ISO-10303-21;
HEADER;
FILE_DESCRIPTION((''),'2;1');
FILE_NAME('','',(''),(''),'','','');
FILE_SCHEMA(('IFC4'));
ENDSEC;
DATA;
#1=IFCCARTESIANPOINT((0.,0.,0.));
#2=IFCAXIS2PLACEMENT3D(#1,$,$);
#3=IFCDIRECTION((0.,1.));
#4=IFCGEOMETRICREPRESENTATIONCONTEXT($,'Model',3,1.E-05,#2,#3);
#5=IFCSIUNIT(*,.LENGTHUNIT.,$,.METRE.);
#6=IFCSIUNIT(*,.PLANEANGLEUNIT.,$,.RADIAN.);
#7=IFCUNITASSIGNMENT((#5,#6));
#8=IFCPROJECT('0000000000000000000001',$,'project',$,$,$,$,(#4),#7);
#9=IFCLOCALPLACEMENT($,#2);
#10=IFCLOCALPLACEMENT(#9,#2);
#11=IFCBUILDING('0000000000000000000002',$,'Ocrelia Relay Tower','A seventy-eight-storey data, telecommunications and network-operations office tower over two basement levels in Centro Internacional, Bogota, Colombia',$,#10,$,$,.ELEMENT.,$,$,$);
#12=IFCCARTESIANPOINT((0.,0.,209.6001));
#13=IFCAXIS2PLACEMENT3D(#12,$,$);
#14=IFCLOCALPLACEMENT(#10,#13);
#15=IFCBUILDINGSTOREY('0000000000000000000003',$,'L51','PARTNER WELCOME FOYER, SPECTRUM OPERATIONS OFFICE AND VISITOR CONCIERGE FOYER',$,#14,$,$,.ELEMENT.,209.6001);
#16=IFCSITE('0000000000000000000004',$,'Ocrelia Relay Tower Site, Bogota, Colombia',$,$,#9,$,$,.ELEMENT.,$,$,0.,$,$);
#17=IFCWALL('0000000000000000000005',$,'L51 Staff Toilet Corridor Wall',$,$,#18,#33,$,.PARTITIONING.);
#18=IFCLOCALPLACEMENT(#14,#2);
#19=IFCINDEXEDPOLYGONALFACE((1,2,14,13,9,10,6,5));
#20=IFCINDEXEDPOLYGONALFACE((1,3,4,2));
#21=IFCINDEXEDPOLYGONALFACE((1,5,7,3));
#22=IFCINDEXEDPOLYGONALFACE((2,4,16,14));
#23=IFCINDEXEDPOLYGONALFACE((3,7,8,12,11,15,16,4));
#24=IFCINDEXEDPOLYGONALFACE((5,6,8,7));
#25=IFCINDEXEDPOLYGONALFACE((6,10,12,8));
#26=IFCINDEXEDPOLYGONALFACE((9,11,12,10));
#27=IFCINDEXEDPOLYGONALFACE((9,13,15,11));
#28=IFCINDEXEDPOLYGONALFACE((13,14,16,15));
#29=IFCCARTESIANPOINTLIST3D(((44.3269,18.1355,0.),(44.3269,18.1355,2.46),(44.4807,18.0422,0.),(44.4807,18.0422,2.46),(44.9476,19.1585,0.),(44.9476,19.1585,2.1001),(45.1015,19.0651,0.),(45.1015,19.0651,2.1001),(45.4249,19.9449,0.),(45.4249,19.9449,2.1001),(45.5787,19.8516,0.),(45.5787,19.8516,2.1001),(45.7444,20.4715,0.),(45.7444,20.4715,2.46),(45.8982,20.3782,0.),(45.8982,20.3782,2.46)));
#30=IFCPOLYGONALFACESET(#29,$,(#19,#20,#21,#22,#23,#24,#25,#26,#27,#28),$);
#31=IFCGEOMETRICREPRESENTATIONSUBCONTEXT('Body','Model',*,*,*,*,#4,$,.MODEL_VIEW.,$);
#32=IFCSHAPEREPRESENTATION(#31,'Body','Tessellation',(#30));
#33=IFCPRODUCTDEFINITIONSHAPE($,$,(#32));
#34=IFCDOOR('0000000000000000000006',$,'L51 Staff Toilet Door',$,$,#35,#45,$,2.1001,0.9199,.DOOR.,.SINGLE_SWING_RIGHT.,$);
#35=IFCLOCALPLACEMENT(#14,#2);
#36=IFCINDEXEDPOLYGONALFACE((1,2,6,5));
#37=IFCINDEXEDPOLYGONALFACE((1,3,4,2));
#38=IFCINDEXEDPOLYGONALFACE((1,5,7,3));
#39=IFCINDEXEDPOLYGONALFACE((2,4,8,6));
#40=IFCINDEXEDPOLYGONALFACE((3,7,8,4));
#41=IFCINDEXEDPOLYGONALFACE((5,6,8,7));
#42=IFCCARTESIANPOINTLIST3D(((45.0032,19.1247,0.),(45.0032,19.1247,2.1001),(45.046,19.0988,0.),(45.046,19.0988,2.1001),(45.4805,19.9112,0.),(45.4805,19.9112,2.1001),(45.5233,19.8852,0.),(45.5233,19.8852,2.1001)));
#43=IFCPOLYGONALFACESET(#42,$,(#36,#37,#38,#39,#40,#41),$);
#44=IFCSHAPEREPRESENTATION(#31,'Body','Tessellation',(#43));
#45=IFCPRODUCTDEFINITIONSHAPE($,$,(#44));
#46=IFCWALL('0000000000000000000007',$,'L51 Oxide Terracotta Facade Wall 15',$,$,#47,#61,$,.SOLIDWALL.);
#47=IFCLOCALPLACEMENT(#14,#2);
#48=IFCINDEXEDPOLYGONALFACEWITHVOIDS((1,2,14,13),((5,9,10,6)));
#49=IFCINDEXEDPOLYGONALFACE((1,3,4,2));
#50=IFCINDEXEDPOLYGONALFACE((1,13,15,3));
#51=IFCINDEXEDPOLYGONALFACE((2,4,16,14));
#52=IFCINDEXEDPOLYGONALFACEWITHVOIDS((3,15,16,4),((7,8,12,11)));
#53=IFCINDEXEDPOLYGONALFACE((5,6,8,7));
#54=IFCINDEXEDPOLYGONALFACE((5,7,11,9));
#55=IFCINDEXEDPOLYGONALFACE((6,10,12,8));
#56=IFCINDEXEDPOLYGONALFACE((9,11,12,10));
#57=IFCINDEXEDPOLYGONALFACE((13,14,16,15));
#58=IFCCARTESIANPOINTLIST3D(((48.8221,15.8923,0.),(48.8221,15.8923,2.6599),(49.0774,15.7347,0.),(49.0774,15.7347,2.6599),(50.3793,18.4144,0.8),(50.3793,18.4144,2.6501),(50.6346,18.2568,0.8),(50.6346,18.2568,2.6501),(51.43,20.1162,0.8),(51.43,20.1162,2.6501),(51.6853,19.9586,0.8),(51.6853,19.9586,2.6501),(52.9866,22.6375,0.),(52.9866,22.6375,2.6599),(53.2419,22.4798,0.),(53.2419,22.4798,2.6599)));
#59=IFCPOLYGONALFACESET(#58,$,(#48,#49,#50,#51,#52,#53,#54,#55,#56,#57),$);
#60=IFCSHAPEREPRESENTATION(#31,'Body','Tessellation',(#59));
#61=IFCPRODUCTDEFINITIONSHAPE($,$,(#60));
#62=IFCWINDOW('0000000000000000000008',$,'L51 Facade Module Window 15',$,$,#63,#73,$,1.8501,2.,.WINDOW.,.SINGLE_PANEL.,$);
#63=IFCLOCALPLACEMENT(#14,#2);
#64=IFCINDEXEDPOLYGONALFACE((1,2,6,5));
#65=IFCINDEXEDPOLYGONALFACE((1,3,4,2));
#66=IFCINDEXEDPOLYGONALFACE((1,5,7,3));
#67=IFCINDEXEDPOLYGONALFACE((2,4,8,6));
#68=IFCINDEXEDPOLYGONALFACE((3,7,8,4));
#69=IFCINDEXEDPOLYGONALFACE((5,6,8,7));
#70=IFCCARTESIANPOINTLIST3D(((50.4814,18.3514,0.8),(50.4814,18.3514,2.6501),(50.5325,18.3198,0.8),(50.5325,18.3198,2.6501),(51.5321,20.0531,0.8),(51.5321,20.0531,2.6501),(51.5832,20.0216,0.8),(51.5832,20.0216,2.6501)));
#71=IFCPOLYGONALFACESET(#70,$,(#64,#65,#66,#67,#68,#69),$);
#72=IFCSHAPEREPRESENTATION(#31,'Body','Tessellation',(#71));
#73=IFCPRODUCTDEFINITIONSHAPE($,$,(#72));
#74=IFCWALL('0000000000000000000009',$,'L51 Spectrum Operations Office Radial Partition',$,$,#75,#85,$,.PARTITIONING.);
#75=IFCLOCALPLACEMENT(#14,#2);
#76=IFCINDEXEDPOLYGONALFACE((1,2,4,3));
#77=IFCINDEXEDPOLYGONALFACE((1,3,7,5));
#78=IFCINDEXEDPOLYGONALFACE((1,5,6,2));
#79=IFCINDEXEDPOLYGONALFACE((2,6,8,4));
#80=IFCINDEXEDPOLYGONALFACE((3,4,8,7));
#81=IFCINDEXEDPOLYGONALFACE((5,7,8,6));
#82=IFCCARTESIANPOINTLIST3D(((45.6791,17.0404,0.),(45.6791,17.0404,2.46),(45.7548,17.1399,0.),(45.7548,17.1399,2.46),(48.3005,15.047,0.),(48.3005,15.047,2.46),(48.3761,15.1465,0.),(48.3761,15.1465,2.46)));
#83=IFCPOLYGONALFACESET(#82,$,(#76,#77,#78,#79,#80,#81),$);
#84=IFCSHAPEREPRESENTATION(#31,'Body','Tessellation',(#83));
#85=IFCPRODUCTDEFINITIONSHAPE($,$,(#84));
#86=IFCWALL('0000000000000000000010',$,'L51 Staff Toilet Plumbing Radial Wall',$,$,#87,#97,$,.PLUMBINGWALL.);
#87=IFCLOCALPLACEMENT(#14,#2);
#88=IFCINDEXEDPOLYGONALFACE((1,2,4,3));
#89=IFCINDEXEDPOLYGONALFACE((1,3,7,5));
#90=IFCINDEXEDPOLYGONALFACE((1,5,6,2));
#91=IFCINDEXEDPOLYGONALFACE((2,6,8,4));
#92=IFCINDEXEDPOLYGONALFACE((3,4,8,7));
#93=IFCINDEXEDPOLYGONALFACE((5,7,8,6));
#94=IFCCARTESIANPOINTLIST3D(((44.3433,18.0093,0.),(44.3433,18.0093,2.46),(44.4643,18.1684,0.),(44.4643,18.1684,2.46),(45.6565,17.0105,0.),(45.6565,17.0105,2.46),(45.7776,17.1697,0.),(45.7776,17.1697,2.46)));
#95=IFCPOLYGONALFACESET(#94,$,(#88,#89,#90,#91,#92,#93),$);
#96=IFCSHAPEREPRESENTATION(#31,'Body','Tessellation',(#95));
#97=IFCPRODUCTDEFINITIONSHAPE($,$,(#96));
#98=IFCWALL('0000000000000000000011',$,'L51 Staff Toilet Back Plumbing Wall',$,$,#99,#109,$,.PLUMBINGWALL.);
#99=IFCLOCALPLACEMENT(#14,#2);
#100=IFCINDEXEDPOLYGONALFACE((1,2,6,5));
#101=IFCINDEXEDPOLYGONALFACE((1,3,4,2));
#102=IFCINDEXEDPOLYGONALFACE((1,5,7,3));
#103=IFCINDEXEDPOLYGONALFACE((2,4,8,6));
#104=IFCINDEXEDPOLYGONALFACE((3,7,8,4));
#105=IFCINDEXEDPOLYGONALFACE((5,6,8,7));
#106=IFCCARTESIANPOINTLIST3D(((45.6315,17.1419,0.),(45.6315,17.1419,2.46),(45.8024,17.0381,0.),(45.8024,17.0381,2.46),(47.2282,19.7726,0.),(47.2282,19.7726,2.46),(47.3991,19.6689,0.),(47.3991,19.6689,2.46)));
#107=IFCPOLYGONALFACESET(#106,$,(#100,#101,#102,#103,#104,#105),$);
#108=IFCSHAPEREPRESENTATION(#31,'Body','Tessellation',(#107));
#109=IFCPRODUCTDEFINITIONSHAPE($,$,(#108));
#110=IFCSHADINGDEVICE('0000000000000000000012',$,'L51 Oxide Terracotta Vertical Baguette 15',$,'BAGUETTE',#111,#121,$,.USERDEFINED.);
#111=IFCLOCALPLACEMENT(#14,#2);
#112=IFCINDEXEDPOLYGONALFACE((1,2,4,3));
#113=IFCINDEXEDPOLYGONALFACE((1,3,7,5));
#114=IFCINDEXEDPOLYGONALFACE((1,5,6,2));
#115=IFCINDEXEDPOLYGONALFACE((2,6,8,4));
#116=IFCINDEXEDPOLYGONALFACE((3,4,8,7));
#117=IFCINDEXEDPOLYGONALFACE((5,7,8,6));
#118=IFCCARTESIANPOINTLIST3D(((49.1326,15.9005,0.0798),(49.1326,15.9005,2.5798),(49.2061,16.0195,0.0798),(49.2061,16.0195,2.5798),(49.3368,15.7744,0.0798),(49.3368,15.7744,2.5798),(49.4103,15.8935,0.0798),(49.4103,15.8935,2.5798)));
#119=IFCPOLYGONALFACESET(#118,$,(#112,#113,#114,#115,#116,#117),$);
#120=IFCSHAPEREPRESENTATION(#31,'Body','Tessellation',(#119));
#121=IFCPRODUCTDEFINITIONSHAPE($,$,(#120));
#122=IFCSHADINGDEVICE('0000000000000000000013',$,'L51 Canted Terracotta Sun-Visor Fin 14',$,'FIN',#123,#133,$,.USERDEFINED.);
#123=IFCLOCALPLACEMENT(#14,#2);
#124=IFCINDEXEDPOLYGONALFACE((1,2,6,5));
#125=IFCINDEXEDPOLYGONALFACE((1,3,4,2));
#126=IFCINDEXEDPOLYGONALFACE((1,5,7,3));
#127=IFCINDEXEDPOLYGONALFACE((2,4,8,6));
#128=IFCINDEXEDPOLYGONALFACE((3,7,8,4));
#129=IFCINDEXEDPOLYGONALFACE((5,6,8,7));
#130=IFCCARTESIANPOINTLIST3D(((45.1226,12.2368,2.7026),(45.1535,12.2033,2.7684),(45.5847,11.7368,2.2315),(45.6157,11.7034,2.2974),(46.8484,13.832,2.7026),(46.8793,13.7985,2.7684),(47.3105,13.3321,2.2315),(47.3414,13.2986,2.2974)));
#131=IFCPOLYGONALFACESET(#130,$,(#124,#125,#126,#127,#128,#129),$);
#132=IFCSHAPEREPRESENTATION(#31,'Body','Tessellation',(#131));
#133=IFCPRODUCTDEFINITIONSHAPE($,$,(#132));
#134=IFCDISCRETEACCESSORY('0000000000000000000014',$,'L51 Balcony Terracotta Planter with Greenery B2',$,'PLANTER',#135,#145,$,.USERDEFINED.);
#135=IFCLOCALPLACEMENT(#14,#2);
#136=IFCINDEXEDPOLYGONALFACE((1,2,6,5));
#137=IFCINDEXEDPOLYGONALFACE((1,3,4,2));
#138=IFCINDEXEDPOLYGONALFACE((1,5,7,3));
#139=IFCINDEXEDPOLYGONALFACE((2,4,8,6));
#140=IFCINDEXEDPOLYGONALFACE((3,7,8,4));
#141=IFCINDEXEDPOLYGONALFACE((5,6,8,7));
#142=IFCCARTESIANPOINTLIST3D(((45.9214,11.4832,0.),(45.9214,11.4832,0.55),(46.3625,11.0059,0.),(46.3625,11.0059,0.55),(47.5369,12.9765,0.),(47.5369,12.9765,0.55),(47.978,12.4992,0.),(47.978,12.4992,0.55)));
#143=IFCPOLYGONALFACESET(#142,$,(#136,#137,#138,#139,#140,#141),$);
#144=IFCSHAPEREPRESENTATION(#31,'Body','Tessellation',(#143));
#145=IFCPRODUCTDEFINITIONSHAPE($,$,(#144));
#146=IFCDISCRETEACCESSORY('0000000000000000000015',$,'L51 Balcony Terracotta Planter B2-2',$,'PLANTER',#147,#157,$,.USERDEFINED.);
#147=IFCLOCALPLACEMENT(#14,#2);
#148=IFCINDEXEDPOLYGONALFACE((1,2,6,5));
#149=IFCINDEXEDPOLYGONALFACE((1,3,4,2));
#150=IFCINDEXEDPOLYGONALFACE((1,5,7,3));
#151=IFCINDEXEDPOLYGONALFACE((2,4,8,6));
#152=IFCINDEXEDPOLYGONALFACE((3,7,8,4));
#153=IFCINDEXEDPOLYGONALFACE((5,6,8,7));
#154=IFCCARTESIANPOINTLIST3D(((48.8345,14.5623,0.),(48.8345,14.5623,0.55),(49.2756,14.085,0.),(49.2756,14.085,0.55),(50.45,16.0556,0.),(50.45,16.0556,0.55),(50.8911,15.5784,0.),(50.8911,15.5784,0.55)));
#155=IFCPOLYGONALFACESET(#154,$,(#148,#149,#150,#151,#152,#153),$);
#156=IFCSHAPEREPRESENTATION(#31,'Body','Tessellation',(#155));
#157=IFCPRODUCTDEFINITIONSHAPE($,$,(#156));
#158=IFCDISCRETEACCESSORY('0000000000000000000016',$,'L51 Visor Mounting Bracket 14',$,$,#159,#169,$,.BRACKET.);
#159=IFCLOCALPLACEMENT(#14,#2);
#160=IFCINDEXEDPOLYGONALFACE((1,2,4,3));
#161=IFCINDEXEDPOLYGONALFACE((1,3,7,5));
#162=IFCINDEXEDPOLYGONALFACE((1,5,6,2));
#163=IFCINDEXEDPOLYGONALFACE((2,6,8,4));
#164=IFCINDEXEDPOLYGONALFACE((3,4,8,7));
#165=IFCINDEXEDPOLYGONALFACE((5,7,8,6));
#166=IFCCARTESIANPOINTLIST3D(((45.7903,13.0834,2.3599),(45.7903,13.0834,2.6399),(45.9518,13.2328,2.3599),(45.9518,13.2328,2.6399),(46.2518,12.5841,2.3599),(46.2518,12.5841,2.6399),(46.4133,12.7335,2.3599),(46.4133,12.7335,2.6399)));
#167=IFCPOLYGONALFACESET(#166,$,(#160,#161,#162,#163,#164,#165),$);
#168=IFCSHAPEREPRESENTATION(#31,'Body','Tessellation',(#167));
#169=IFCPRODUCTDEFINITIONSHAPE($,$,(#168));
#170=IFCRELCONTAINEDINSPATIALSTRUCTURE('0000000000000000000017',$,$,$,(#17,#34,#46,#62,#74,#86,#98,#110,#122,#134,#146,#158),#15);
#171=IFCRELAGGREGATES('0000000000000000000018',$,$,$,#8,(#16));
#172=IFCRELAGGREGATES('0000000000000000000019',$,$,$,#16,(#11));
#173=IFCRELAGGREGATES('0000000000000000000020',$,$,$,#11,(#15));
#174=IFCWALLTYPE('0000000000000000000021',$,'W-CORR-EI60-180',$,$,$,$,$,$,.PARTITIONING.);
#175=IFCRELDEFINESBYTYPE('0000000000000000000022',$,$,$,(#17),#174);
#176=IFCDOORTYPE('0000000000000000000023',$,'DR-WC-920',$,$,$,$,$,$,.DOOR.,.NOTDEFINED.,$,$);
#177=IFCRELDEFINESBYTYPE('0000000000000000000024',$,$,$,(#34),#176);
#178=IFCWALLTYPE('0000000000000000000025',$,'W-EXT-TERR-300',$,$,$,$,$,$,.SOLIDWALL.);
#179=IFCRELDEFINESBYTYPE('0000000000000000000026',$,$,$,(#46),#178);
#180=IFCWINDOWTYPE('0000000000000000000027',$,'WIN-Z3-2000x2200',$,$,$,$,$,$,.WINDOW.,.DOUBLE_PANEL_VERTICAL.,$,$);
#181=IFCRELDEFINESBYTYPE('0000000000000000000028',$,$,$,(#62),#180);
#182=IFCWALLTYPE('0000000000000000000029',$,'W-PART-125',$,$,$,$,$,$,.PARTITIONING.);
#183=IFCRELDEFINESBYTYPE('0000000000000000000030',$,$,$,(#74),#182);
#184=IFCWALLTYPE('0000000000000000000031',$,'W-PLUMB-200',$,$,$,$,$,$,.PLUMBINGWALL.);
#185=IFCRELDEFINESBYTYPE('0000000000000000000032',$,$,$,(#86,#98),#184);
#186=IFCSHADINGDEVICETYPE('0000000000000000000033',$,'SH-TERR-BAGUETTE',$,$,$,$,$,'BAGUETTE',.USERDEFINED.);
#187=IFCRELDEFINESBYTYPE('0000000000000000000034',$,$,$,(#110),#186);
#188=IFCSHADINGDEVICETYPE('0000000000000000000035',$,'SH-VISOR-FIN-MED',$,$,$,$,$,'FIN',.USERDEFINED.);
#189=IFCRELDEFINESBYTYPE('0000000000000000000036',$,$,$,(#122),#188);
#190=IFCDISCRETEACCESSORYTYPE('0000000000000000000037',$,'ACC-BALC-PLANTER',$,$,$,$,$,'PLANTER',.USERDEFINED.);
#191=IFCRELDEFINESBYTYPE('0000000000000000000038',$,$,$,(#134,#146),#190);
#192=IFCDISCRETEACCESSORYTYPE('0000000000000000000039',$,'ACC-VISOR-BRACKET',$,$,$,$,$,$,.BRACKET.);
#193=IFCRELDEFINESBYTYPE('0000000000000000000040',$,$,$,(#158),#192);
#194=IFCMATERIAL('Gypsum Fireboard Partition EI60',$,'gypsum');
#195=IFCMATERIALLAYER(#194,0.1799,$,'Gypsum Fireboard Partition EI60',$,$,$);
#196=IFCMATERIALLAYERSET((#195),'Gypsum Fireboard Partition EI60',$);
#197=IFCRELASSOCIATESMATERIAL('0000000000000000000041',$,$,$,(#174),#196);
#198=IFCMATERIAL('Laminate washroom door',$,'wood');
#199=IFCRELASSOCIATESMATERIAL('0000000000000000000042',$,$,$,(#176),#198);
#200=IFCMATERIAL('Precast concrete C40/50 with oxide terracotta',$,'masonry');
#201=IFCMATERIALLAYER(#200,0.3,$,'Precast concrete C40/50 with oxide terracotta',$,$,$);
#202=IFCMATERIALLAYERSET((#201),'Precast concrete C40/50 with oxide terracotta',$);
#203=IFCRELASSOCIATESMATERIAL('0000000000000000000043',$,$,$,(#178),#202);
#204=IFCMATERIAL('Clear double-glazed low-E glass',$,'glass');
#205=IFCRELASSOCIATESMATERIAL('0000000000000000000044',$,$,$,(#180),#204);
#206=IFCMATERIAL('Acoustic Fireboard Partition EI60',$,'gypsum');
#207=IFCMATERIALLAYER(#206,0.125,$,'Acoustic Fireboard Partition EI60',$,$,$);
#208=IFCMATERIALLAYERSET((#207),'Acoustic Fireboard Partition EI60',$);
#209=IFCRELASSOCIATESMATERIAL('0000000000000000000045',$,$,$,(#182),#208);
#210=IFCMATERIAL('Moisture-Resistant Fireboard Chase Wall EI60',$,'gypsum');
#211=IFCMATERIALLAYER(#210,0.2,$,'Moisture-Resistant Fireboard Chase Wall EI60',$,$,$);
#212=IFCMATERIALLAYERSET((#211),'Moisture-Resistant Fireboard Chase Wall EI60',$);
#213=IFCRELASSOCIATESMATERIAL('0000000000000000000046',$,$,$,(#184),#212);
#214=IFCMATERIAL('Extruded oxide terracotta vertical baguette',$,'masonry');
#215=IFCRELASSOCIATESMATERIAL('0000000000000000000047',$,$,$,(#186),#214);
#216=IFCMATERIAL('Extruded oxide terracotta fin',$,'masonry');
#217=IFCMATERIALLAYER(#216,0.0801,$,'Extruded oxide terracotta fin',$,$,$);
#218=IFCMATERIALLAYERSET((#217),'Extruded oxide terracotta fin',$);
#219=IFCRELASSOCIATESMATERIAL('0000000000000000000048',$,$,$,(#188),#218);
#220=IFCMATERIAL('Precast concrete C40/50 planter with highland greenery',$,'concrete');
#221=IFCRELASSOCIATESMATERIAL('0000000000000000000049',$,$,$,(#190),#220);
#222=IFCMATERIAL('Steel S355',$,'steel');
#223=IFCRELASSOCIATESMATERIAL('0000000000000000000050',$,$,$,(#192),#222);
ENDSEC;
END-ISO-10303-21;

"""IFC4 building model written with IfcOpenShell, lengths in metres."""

from ifc_helpers import new_model, si_unit, direction, frame, frame_2d, origin, origin_2d, place, context, subcontext, project, spatial, rectangle, extrude, material, layer, layer_set, type_object, element, fill, save


model = new_model("IFC4")

# Units and contexts
model_context = context("Model", 3, precision=1e-05, world=origin(), true_north=direction((0.0, 1.0)))
body_context = subcontext(model_context, "Body", "Model", "MODEL_VIEW")
ifc_project = project(units=[si_unit("LENGTHUNIT", "METRE"), si_unit("PLANEANGLEUNIT", "RADIAN")], contexts=[model_context])

# Site, building, storey
site_placement = place(None, origin())
site = spatial("IfcSite", under=ifc_project, at=site_placement, Name="Ocrelia Relay Tower Site, Bogota, Colombia", CompositionType="ELEMENT", RefElevation=0.0)
building_placement = place(site_placement, origin())
building = spatial("IfcBuilding", under=site, at=building_placement, Name="Ocrelia Relay Tower", Description="A seventy-eight-storey data, telecommunications and network-operations office tower over two basement levels in Centro Internacional, Bogota, Colombia", CompositionType="ELEMENT")
storey_placement = place(building_placement, frame((0.0, 0.0, 209.6001)))
storey = spatial("IfcBuildingStorey", under=building, at=storey_placement, Name="L51", Description="PARTNER WELCOME FOYER, SPECTRUM OPERATIONS OFFICE AND VISITOR CONCIERGE FOYER", CompositionType="ELEMENT", Elevation=209.6001)

# Shared definitions
ifc_material_1 = material(Name="Steel S355", Category="steel")

# Wall, opening, door
ifc_material_2 = material(Name="Gypsum Fireboard Partition EI60", Category="gypsum")
ifc_layer_1 = layer(ifc_material_2, 0.1799, Name="Gypsum Fireboard Partition EI60")
ifc_layer_set_1 = layer_set([ifc_layer_1], Name="Gypsum Fireboard Partition EI60")
wall_type_1 = type_object("IfcWallType", Name="W-CORR-EI60-180", PredefinedType="PARTITIONING", material=ifc_layer_set_1)
wall_1_placement = place(storey_placement, frame((44.4038, 18.0889, 0.0), z_axis=(0.0, 0.0, 1.0), x_axis=(0.518773, 0.854912, 0.0)))
wall_1 = element("IfcWall", 1, at=wall_1_placement, inside=storey, type_object=wall_type_1, Name="L51 Staff Toilet Corridor Wall", PredefinedType="PARTITIONING", context=body_context, shape_type="SweptSolid", body=[
    extrude(rectangle(XDim=2.7324, YDim=0.1799, at=frame_2d((1.3662, 0.0))), origin(), (0.0, 0.0, 1.0), 2.46),
])
opening_1_placement = place(wall_1_placement, frame((1.1965, 0.0, 0.0)))
opening_1 = element("IfcOpeningElement", 2, at=opening_1_placement, cuts=wall_1, PredefinedType="OPENING", context=body_context, shape_type="SweptSolid", body=[
    extrude(rectangle(XDim=0.9199, YDim=2.1001, at=frame_2d((0.46, 1.05))), frame((0.0, 0.1001, 0.0), z_axis=(0.0, -1.0, 0.0), x_axis=(1.0, 0.0, 0.0)), (0.0, 0.0, 1.0), 0.2),
])
ifc_material_3 = material(Name="Laminate washroom door", Category="wood")
door_type = type_object("IfcDoorType", Name="DR-WC-920", OperationType="NOTDEFINED", PredefinedType="DOOR", material=ifc_material_3)
door_placement = place(opening_1_placement, origin())
door = element("IfcDoor", 3, at=door_placement, inside=storey, type_object=door_type, Name="L51 Staff Toilet Door", OperationType="SINGLE_SWING_RIGHT", OverallHeight=2.1001, OverallWidth=0.9199, PredefinedType="DOOR", context=body_context, shape_type="SweptSolid", body=[
    extrude(rectangle(XDim=0.9199, YDim=2.1001, at=frame_2d((0.46, 1.05))), frame((0.0, 0.0249, 0.0), z_axis=(0.0, -1.0, 0.0), x_axis=(1.0, 0.0, 0.0)), (0.0, 0.0, 1.0), 0.05),
])
fill(opening_1, door)

# Wall, opening, window
ifc_material_4 = material(Name="Precast concrete C40/50 with oxide terracotta", Category="masonry")
ifc_layer_2 = layer(ifc_material_4, 0.3, Name="Precast concrete C40/50 with oxide terracotta")
ifc_layer_set_2 = layer_set([ifc_layer_2], Name="Precast concrete C40/50 with oxide terracotta")
wall_type_2 = type_object("IfcWallType", Name="W-EXT-TERR-300", PredefinedType="SOLIDWALL", material=ifc_layer_set_2)
wall_2_placement = place(storey_placement, frame((48.9497, 15.8135, 0.0), z_axis=(0.0, 0.0, 1.0), x_axis=(0.525351, 0.850885, 0.0)))
wall_2 = element("IfcWall", 4, at=wall_2_placement, inside=storey, type_object=wall_type_2, Name="L51 Oxide Terracotta Facade Wall 15", PredefinedType="SOLIDWALL", context=body_context, shape_type="SweptSolid", body=[
    extrude(rectangle(XDim=7.9272, YDim=0.3, at=frame_2d((3.9636, 0.0))), origin(), (0.0, 0.0, 1.0), 2.6599),
])
opening_2_placement = place(wall_2_placement, frame((2.9641, 0.0, 0.8)))
opening_2 = element("IfcOpeningElement", 5, at=opening_2_placement, cuts=wall_2, PredefinedType="OPENING", context=body_context, shape_type="SweptSolid", body=[
    extrude(rectangle(XDim=2.0, YDim=1.8501, at=frame_2d((1.0, 0.925))), frame((0.0, 0.1602, 0.0), z_axis=(0.0, -1.0, 0.0), x_axis=(1.0, 0.0, 0.0)), (0.0, 0.0, 1.0), 0.3201),
])
ifc_material_5 = material(Name="Clear double-glazed low-E glass", Category="glass")
window_type = type_object("IfcWindowType", Name="WIN-Z3-2000x2200", PartitioningType="DOUBLE_PANEL_VERTICAL", PredefinedType="WINDOW", material=ifc_material_5)
window_placement = place(opening_2_placement, origin())
window = element("IfcWindow", 6, at=window_placement, inside=storey, type_object=window_type, Name="L51 Facade Module Window 15", OverallHeight=1.8501, OverallWidth=2.0, PartitioningType="SINGLE_PANEL", PredefinedType="WINDOW", context=body_context, shape_type="SweptSolid", body=[
    extrude(rectangle(XDim=2.0, YDim=1.8501, at=frame_2d((1.0, 0.925))), frame((0.0, 0.03, 0.0), z_axis=(0.0, -1.0, 0.0), x_axis=(1.0, 0.0, 0.0)), (0.0, 0.0, 1.0), 0.0601),
])
fill(opening_2, window)

# Walls
ifc_material_6 = material(Name="Acoustic Fireboard Partition EI60", Category="gypsum")
ifc_layer_3 = layer(ifc_material_6, 0.125, Name="Acoustic Fireboard Partition EI60")
ifc_layer_set_3 = layer_set([ifc_layer_3], Name="Acoustic Fireboard Partition EI60")
wall_type_3 = type_object("IfcWallType", Name="W-PART-125", PredefinedType="PARTITIONING", material=ifc_layer_set_3)
wall_3_placement = place(storey_placement, frame((45.717, 17.0901, 0.0), z_axis=(0.0, 0.0, 1.0), x_axis=(0.795988, -0.605313, 0.0)))
element("IfcWall", 7, at=wall_3_placement, inside=storey, type_object=wall_type_3, Name="L51 Spectrum Operations Office Radial Partition", PredefinedType="PARTITIONING", context=body_context, shape_type="SweptSolid", body=[
    extrude(rectangle(XDim=3.2932, YDim=0.125, at=frame_2d((1.6465, 0.0))), origin(), (0.0, 0.0, 1.0), 2.46),
])
ifc_material_7 = material(Name="Moisture-Resistant Fireboard Chase Wall EI60", Category="gypsum")
ifc_layer_4 = layer(ifc_material_7, 0.2, Name="Moisture-Resistant Fireboard Chase Wall EI60")
ifc_layer_set_4 = layer_set([ifc_layer_4], Name="Moisture-Resistant Fireboard Chase Wall EI60")
wall_type_4 = type_object("IfcWallType", Name="W-PLUMB-200", PredefinedType="PLUMBINGWALL", material=ifc_layer_set_4)
wall_4_placement = place(storey_placement, frame((44.4038, 18.0889, 0.0), z_axis=(0.0, 0.0, 1.0), x_axis=(0.795951, -0.605361, 0.0)))
element("IfcWall", 8, at=wall_4_placement, inside=storey, type_object=wall_type_4, Name="L51 Staff Toilet Plumbing Radial Wall", PredefinedType="PLUMBINGWALL", context=body_context, shape_type="SweptSolid", body=[
    extrude(rectangle(XDim=1.6499, YDim=0.2, at=frame_2d((0.825, 0.0))), origin(), (0.0, 0.0, 1.0), 2.46),
])
wall_5_placement = place(storey_placement, frame((45.717, 17.0901, 0.0), z_axis=(0.0, 0.0, 1.0), x_axis=(0.518829, 0.854878, 0.0)))
element("IfcWall", 9, at=wall_5_placement, inside=storey, type_object=wall_type_4, Name="L51 Staff Toilet Back Plumbing Wall", PredefinedType="PLUMBINGWALL", context=body_context, shape_type="SweptSolid", body=[
    extrude(rectangle(XDim=3.0774, YDim=0.2, at=frame_2d((1.5386, 0.0))), origin(), (0.0, 0.0, 1.0), 2.46),
])

# Shading devices
ifc_material_8 = material(Name="Extruded oxide terracotta vertical baguette", Category="masonry")
shading_device_type_1 = type_object("IfcShadingDeviceType", Name="SH-TERR-BAGUETTE", ElementType="BAGUETTE", PredefinedType="USERDEFINED", material=ifc_material_8)
shading_device_1_placement = place(storey_placement, frame((49.2715, 15.897, 0.0798), z_axis=(0.0, 0.0, 1.0), x_axis=(0.525338, 0.850893, 0.0)))
element("IfcShadingDevice", 10, at=shading_device_1_placement, inside=storey, type_object=shading_device_type_1, Name="L51 Oxide Terracotta Vertical Baguette 15", ObjectType="BAGUETTE", PredefinedType="USERDEFINED", context=body_context, shape_type="SweptSolid", body=[
    extrude(rectangle(XDim=0.1399, YDim=0.24, at=origin_2d()), origin(), (0.0, 0.0, 1.0), 2.5),
])
ifc_material_9 = material(Name="Extruded oxide terracotta fin", Category="masonry")
ifc_layer_5 = layer(ifc_material_9, 0.0801, Name="Extruded oxide terracotta fin")
ifc_layer_set_5 = layer_set([ifc_layer_5], Name="Extruded oxide terracotta fin")
shading_device_type_2 = type_object("IfcShadingDeviceType", Name="SH-VISOR-FIN-MED", ElementType="FIN", PredefinedType="USERDEFINED", material=ifc_layer_set_5)
shading_device_2_placement = place(storey_placement, frame((46.2166, 12.7844, 2.467), z_axis=(0.386229, -0.417827, 0.822343), x_axis=(0.734328, 0.678795, 0.0)))
element("IfcShadingDevice", 11, at=shading_device_2_placement, inside=storey, type_object=shading_device_type_2, Name="L51 Canted Terracotta Sun-Visor Fin 14", ObjectType="FIN", PredefinedType="USERDEFINED", context=body_context, shape_type="SweptSolid", body=[
    extrude(rectangle(XDim=2.3501, YDim=0.8279, at=origin_2d()), origin(), (0.0, 0.0, 1.0), 0.0801),
])

# Discrete accessories
ifc_material_10 = material(Name="Precast concrete C40/50 planter with highland greenery", Category="concrete")
discrete_accessory_type_1 = type_object("IfcDiscreteAccessoryType", Name="ACC-BALC-PLANTER", ElementType="PLANTER", PredefinedType="USERDEFINED", material=ifc_material_10)
for number, where, z_axis, x_axis, name in (
    (12, (46.9497, 11.9912, 0.0), (0.0, 0.0, 1.0), (-0.734327, -0.678796, 0.0), "L51 Balcony Terracotta Planter with Greenery B2"),
    (13, (49.8628, 15.0703, 0.0), (0.0, 0.0, 1.0), (-0.734327, -0.678796, 0.0), "L51 Balcony Terracotta Planter B2-2"),
):
    element("IfcDiscreteAccessory", number, at=place(storey_placement, frame(where, z_axis=z_axis, x_axis=x_axis)), inside=storey, type_object=discrete_accessory_type_1, Name=name, ObjectType="PLANTER", PredefinedType="USERDEFINED", context=body_context, shape_type="SweptSolid", body=[
        extrude(rectangle(XDim=2.2, YDim=0.6499, at=origin_2d()), origin(), (0.0, 0.0, 1.0), 0.55),
    ])
discrete_accessory_type_2 = type_object("IfcDiscreteAccessoryType", Name="ACC-VISOR-BRACKET", PredefinedType="BRACKET", material=ifc_material_1)
discrete_accessory_placement = place(storey_placement, frame((46.1018, 12.9084, 2.3599), z_axis=(0.0, 0.0, 1.0), x_axis=(0.734328, 0.678795, 0.0)))
element("IfcDiscreteAccessory", 14, at=discrete_accessory_placement, inside=storey, type_object=discrete_accessory_type_2, Name="L51 Visor Mounting Bracket 14", PredefinedType="BRACKET", context=body_context, shape_type="SweptSolid", body=[
    extrude(rectangle(XDim=0.22, YDim=0.6799, at=origin_2d()), origin(), (0.0, 0.0, 1.0), 0.28),
])

save(model, "model.ifc")
